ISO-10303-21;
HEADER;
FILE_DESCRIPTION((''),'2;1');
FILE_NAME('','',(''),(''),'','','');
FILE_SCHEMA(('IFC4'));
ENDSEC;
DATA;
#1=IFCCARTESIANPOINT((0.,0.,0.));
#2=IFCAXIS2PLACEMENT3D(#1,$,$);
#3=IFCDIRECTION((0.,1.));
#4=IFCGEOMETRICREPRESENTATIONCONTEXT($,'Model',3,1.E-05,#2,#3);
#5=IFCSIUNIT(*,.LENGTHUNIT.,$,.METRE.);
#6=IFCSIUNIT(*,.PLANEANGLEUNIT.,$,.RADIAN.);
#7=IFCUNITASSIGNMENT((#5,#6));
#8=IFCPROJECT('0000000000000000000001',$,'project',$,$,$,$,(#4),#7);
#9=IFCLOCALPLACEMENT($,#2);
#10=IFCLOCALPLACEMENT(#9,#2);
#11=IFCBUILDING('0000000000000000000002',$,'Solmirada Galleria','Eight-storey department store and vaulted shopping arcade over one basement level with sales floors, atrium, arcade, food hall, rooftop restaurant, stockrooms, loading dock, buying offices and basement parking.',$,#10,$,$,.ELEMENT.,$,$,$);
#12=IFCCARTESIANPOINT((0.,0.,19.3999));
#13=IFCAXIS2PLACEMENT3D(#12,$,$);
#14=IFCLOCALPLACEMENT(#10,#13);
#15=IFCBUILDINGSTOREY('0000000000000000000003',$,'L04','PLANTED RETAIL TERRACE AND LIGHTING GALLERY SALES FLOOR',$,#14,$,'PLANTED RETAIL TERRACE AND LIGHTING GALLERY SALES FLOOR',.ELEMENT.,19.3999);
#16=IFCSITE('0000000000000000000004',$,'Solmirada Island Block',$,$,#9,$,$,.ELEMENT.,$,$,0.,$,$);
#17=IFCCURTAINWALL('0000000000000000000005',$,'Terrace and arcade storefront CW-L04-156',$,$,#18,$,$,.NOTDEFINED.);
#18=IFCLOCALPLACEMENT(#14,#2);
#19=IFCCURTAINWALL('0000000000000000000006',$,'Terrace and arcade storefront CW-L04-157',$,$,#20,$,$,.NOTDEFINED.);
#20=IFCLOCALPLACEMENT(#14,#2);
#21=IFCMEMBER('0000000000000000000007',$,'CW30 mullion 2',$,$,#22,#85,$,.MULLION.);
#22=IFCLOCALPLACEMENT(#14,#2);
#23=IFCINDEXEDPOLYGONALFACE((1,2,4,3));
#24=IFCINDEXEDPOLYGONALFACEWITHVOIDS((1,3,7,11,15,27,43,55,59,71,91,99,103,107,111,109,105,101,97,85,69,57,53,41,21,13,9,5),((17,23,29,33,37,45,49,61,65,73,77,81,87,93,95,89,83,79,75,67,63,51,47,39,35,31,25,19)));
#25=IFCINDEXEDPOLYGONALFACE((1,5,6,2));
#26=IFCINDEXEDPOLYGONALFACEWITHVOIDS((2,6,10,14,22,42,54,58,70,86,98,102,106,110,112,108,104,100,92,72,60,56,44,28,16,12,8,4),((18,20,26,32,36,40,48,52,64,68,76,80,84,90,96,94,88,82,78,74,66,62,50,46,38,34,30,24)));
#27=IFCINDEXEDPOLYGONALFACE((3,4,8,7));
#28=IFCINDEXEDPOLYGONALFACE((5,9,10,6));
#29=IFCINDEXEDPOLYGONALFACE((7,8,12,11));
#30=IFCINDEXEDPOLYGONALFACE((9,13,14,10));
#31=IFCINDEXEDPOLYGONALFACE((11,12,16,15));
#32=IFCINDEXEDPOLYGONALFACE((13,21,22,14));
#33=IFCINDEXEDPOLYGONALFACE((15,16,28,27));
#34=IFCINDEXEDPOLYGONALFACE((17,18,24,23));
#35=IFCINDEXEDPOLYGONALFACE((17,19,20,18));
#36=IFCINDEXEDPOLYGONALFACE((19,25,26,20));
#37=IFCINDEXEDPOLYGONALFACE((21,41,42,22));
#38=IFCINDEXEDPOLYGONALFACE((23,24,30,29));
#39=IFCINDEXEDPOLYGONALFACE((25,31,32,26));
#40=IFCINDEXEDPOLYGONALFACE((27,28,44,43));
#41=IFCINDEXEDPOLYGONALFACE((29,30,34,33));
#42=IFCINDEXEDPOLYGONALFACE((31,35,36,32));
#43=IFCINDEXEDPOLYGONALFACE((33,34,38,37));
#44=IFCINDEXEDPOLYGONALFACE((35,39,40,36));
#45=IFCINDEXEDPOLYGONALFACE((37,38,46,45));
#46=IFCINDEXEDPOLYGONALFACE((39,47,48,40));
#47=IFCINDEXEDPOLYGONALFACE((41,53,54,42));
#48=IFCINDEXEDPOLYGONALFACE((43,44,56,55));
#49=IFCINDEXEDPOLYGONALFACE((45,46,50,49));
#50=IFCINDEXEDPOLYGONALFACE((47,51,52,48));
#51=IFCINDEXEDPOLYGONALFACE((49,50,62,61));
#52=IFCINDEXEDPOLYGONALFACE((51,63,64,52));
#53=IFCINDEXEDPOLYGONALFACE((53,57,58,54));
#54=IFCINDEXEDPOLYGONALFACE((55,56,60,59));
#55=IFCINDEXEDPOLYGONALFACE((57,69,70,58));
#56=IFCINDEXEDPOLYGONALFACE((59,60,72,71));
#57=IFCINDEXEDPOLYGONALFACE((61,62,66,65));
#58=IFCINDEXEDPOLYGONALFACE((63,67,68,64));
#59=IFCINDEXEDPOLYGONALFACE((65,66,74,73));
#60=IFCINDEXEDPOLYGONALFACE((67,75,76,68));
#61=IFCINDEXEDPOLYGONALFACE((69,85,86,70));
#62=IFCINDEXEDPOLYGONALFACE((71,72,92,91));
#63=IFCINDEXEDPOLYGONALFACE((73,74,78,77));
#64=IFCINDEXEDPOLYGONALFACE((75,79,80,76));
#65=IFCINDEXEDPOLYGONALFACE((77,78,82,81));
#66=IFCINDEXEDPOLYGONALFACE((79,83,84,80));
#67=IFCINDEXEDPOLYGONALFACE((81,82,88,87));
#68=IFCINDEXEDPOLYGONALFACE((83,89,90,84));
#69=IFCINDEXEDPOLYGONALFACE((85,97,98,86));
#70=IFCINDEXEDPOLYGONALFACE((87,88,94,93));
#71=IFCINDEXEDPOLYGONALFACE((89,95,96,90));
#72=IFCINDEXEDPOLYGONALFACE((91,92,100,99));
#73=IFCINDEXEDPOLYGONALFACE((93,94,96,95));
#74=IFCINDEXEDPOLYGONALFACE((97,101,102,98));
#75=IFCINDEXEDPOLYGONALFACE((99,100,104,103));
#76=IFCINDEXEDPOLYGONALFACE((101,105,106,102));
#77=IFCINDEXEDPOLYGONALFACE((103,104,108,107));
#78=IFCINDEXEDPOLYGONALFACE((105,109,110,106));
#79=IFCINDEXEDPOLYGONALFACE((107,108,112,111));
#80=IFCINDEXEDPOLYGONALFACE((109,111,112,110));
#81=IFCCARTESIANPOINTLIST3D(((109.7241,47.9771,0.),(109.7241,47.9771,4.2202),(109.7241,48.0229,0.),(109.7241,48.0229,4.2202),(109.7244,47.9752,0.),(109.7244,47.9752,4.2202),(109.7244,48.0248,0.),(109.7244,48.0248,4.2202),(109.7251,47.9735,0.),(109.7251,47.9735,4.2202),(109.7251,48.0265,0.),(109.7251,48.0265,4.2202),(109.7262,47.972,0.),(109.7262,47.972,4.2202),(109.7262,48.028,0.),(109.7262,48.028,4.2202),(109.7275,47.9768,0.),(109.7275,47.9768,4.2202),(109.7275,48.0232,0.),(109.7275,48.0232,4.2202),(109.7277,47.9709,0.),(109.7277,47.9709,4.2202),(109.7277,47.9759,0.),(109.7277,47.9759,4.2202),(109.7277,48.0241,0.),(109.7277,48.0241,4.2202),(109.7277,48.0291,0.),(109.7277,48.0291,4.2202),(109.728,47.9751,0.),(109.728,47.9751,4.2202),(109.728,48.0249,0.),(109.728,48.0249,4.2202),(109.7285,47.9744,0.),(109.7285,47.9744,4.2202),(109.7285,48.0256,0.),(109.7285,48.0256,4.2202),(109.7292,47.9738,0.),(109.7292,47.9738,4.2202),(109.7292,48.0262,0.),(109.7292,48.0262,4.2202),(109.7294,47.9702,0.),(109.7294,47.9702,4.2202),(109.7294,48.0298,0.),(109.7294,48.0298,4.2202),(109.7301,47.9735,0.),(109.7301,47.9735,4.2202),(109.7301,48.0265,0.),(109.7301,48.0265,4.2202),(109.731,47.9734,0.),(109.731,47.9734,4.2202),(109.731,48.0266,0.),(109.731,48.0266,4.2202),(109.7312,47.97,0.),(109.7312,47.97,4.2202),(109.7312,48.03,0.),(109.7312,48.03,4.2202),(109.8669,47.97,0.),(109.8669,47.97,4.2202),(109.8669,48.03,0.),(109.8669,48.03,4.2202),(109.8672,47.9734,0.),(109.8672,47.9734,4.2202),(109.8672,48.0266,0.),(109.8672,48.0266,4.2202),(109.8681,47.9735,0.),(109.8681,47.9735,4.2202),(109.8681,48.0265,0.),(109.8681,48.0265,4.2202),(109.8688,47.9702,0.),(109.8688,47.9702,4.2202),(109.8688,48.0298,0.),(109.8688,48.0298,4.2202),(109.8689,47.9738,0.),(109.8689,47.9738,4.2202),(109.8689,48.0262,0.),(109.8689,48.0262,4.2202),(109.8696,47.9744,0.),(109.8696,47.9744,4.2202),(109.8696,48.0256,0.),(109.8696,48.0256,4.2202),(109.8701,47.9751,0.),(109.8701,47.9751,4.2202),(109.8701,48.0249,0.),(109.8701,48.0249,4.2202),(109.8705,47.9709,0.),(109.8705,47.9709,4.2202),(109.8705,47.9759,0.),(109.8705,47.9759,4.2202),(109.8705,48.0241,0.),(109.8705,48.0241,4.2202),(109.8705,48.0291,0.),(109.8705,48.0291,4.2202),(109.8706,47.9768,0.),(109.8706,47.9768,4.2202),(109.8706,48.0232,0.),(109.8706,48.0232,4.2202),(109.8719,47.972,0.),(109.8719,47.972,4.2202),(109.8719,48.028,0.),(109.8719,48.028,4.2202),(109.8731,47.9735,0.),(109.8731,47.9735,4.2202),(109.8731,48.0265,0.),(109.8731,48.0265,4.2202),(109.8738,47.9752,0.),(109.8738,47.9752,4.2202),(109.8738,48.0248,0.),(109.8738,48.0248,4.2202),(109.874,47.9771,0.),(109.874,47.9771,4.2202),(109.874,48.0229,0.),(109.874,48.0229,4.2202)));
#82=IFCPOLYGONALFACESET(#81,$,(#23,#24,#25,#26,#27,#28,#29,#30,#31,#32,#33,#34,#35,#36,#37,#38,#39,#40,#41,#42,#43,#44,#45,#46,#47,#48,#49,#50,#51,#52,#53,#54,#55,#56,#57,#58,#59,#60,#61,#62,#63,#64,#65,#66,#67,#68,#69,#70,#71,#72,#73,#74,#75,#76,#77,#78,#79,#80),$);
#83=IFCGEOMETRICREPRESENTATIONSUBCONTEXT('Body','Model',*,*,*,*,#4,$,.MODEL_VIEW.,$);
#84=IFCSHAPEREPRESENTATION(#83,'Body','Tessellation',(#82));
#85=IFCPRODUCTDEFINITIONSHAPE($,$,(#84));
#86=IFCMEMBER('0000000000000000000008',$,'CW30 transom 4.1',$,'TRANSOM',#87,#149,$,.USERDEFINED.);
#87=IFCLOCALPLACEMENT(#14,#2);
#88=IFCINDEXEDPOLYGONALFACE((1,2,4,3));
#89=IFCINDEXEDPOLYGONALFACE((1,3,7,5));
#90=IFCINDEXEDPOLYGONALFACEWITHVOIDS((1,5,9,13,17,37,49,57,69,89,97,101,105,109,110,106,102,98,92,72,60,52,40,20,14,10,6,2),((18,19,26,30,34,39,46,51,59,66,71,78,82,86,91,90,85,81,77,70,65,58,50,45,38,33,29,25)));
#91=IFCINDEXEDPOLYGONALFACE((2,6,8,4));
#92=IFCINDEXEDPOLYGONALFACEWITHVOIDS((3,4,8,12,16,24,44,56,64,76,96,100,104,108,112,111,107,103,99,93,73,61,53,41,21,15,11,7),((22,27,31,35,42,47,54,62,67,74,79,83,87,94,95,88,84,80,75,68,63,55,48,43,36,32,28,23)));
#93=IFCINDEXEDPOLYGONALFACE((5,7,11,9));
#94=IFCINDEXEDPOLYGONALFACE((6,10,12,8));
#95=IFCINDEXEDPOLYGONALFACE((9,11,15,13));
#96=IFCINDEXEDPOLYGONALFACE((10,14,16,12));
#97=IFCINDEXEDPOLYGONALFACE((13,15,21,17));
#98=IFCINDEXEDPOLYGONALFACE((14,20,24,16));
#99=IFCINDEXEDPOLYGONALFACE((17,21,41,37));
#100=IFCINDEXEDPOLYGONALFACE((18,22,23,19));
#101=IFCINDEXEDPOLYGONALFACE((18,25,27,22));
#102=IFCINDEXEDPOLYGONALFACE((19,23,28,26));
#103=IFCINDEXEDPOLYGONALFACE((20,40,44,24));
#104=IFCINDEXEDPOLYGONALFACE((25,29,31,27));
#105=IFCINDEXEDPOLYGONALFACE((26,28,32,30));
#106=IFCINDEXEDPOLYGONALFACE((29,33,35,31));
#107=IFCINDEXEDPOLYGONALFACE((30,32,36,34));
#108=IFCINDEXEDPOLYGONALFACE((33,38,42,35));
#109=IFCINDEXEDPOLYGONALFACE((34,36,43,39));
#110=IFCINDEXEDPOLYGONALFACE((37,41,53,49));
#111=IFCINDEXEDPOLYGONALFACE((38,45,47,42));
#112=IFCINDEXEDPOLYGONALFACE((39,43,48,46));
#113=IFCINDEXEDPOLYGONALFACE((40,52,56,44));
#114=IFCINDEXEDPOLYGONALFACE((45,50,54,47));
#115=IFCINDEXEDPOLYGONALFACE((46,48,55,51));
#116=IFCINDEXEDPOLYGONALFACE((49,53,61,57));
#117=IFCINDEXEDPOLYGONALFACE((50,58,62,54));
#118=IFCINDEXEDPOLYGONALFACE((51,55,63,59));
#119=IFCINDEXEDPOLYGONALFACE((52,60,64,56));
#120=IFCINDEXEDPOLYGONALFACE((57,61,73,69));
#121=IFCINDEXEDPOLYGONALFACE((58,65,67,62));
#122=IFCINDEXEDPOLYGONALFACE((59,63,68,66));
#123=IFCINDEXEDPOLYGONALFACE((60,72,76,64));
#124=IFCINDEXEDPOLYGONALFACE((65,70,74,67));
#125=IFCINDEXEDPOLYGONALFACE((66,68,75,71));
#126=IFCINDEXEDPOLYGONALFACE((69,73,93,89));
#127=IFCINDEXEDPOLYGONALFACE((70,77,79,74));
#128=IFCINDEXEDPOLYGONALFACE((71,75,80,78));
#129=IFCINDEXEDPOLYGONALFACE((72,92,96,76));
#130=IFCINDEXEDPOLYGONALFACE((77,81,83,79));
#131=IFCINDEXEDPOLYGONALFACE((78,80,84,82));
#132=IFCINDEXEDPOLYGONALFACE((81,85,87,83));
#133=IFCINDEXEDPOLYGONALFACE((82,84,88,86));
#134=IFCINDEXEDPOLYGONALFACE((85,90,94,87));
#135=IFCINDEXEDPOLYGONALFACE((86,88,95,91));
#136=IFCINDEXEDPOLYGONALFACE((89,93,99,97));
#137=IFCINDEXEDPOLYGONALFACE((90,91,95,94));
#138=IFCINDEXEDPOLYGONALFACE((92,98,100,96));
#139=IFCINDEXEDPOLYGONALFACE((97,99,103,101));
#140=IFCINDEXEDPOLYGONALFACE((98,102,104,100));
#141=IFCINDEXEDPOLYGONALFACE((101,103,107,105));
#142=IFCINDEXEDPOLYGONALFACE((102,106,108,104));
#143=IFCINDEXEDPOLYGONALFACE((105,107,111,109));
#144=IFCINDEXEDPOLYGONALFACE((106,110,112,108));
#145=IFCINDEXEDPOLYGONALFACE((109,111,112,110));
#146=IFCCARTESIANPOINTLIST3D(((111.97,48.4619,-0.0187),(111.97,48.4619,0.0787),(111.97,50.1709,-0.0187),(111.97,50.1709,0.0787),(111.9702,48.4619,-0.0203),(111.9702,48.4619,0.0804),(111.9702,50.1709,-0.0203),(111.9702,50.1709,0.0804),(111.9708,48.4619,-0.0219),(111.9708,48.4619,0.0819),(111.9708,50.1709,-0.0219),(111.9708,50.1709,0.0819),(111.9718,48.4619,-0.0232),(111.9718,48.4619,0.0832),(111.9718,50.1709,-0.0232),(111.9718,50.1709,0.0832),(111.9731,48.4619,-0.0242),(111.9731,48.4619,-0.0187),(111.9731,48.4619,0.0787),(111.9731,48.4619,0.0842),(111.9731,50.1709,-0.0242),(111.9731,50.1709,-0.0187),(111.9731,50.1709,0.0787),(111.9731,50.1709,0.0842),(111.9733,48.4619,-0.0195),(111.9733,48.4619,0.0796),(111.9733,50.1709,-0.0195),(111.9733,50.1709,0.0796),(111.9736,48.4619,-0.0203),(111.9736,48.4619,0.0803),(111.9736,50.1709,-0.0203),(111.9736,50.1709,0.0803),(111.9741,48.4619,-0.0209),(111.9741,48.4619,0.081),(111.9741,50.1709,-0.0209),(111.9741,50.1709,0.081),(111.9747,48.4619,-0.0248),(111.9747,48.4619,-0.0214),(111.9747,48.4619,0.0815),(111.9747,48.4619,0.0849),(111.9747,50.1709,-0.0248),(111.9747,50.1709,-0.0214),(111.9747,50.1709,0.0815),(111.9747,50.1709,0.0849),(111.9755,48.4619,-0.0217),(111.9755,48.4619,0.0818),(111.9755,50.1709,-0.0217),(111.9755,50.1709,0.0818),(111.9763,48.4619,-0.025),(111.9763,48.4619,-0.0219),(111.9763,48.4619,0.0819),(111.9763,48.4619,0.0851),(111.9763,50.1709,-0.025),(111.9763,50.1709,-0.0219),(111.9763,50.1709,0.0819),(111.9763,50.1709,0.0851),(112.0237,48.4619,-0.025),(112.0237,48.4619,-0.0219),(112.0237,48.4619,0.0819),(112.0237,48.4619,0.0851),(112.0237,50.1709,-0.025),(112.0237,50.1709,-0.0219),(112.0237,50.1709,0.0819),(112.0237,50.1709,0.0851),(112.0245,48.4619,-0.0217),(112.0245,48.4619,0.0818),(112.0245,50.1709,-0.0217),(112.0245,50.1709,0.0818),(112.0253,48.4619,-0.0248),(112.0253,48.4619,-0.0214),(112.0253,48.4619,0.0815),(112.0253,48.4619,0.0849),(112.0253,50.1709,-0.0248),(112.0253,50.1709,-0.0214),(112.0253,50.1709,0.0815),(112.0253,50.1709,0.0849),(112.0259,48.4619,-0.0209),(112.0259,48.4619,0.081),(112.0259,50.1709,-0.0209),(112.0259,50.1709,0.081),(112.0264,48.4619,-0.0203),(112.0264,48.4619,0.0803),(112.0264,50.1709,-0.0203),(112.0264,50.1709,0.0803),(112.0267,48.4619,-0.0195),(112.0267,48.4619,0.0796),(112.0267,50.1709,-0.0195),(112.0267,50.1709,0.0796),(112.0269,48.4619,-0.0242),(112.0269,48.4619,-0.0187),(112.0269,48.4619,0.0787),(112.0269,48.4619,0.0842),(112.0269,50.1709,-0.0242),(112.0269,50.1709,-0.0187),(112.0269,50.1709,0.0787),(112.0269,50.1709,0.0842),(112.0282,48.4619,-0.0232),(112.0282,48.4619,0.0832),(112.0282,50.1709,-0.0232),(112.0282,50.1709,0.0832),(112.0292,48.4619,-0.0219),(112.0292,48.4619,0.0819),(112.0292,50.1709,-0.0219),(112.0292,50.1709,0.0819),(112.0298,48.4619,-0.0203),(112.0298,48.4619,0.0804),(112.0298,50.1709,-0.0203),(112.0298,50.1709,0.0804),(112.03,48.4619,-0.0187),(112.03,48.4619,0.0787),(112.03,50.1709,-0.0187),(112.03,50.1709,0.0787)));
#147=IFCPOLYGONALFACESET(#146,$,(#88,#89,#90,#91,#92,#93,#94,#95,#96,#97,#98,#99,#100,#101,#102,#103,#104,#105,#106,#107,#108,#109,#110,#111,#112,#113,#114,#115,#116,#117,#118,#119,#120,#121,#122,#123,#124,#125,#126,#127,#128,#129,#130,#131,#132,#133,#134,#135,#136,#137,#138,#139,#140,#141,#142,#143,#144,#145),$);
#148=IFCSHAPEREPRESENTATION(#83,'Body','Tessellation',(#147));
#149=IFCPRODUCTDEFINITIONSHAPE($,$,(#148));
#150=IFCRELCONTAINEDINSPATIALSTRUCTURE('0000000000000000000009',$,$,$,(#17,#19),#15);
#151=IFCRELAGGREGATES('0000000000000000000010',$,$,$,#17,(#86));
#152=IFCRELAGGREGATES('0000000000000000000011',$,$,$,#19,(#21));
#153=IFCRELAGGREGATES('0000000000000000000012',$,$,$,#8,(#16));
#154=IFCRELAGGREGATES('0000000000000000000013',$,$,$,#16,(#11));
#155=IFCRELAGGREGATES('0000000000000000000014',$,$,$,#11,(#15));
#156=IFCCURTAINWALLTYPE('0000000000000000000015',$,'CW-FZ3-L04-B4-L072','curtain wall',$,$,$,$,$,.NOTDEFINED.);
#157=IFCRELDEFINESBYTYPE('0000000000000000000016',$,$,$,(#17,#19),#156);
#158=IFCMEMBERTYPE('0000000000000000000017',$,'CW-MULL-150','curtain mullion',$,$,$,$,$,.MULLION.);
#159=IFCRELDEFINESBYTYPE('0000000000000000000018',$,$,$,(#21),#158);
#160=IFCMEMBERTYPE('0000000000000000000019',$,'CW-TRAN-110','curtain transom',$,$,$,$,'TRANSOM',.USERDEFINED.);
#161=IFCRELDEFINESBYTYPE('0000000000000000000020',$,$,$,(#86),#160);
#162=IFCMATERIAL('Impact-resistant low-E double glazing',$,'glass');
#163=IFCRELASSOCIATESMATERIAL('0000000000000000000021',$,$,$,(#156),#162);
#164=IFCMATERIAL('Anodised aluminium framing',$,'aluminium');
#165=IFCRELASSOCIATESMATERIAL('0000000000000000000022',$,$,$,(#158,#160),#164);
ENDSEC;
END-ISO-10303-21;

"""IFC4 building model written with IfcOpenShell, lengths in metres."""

from ifc_helpers import new_model, si_unit, direction, frame, origin, origin_2d, place, context, subcontext, project, spatial, hollow_rectangle, extrude, material, material_profile, profile_set, type_object, element, aggregate, save


model = new_model("IFC4")

# Units and contexts
model_context = context("Model", 3, precision=1e-05, world=origin(), true_north=direction((0.0, 1.0)))
body_context = subcontext(model_context, "Body", "Model", "MODEL_VIEW")
ifc_project = project(units=[si_unit("LENGTHUNIT", "METRE"), si_unit("PLANEANGLEUNIT", "RADIAN")], contexts=[model_context])

# Site, building, storey
site_placement = place(None, origin())
site = spatial("IfcSite", under=ifc_project, at=site_placement, Name="Solmirada Island Block", CompositionType="ELEMENT", RefElevation=0.0)
building_placement = place(site_placement, origin())
building = spatial("IfcBuilding", under=site, at=building_placement, Name="Solmirada Galleria", Description="Eight-storey department store and vaulted shopping arcade over one basement level with sales floors, atrium, arcade, food hall, rooftop restaurant, stockrooms, loading dock, buying offices and basement parking.", CompositionType="ELEMENT")
storey_placement = place(building_placement, frame((0.0, 0.0, 19.3999)))
storey = spatial("IfcBuildingStorey", under=building, at=storey_placement, Name="L04", Description="PLANTED RETAIL TERRACE AND LIGHTING GALLERY SALES FLOOR", LongName="PLANTED RETAIL TERRACE AND LIGHTING GALLERY SALES FLOOR", CompositionType="ELEMENT", Elevation=19.3999)

# Curtain wall
ifc_material_1 = material(Name="Impact-resistant low-E double glazing", Category="glass")
curtain_wall_type = type_object("IfcCurtainWallType", Name="CW-FZ3-L04-B4-L072", Description="curtain wall", PredefinedType="NOTDEFINED", material=ifc_material_1)
curtain_wall_1_placement = place(storey_placement, origin())
curtain_wall_1 = element("IfcCurtainWall", 1, at=curtain_wall_1_placement, inside=storey, type_object=curtain_wall_type, Name="Terrace and arcade storefront CW-L04-156", PredefinedType="NOTDEFINED")
ifc_material_2 = material(Name="Anodised aluminium framing", Category="aluminium")
ifc_material_profile_1 = material_profile(ifc_material_2, hollow_rectangle(XDim=0.0601, YDim=0.1499, WallThickness=0.0034, InnerFilletRadius=0.0034, OuterFilletRadius=0.0071, at=origin_2d()), Name="ALU-MULL-150X60")
ifc_profile_set_1 = profile_set([ifc_material_profile_1], Name="Anodised aluminium framing")
member_type_1 = type_object("IfcMemberType", Name="CW-MULL-150", Description="curtain mullion", PredefinedType="MULLION", material=ifc_profile_set_1)

# Curtain wall, member
curtain_wall_2_placement = place(storey_placement, origin())
curtain_wall_2 = element("IfcCurtainWall", 2, at=curtain_wall_2_placement, inside=storey, type_object=curtain_wall_type, Name="Terrace and arcade storefront CW-L04-157", PredefinedType="NOTDEFINED")
member_1_placement = place(storey_placement, frame((109.7991, 48.0, 0.0), z_axis=(0.0, 0.0, 1.0), x_axis=(0.0, -1.0, 0.0)))
member_1 = element("IfcMember", 3, at=member_1_placement, type_object=member_type_1, Name="CW30 mullion 2", PredefinedType="MULLION", context=body_context, shape_type="SweptSolid", body=[
    extrude(hollow_rectangle(XDim=0.0601, YDim=0.1499, WallThickness=0.0034, InnerFilletRadius=0.0034, OuterFilletRadius=0.0071, at=origin_2d()), origin(), (0.0, 0.0, 1.0), 4.2202),
])

# Member
ifc_material_profile_2 = material_profile(ifc_material_2, hollow_rectangle(XDim=0.0601, YDim=0.1101, WallThickness=0.0032, InnerFilletRadius=0.0032, OuterFilletRadius=0.0063, at=origin_2d()), Name="ALU-TRAN-110X60")
ifc_profile_set_2 = profile_set([ifc_material_profile_2], Name="Anodised aluminium framing")
member_type_2 = type_object("IfcMemberType", Name="CW-TRAN-110", Description="curtain transom", ElementType="TRANSOM", PredefinedType="USERDEFINED", material=ifc_profile_set_2)
member_2_placement = place(storey_placement, frame((112.0, 50.1709, 0.03), z_axis=(0.0, -1.0, 0.0), x_axis=(1.0, 0.0, 0.0)))
member_2 = element("IfcMember", 4, at=member_2_placement, type_object=member_type_2, Name="CW30 transom 4.1", ObjectType="TRANSOM", PredefinedType="USERDEFINED", context=body_context, shape_type="SweptSolid", body=[
    extrude(hollow_rectangle(XDim=0.0601, YDim=0.1101, WallThickness=0.0032, InnerFilletRadius=0.0032, OuterFilletRadius=0.0063, at=origin_2d()), origin(), (0.0, 0.0, 1.0), 1.709),
])

aggregate(curtain_wall_1, [member_2])
aggregate(curtain_wall_2, [member_1])

save(model, "model.ifc")
